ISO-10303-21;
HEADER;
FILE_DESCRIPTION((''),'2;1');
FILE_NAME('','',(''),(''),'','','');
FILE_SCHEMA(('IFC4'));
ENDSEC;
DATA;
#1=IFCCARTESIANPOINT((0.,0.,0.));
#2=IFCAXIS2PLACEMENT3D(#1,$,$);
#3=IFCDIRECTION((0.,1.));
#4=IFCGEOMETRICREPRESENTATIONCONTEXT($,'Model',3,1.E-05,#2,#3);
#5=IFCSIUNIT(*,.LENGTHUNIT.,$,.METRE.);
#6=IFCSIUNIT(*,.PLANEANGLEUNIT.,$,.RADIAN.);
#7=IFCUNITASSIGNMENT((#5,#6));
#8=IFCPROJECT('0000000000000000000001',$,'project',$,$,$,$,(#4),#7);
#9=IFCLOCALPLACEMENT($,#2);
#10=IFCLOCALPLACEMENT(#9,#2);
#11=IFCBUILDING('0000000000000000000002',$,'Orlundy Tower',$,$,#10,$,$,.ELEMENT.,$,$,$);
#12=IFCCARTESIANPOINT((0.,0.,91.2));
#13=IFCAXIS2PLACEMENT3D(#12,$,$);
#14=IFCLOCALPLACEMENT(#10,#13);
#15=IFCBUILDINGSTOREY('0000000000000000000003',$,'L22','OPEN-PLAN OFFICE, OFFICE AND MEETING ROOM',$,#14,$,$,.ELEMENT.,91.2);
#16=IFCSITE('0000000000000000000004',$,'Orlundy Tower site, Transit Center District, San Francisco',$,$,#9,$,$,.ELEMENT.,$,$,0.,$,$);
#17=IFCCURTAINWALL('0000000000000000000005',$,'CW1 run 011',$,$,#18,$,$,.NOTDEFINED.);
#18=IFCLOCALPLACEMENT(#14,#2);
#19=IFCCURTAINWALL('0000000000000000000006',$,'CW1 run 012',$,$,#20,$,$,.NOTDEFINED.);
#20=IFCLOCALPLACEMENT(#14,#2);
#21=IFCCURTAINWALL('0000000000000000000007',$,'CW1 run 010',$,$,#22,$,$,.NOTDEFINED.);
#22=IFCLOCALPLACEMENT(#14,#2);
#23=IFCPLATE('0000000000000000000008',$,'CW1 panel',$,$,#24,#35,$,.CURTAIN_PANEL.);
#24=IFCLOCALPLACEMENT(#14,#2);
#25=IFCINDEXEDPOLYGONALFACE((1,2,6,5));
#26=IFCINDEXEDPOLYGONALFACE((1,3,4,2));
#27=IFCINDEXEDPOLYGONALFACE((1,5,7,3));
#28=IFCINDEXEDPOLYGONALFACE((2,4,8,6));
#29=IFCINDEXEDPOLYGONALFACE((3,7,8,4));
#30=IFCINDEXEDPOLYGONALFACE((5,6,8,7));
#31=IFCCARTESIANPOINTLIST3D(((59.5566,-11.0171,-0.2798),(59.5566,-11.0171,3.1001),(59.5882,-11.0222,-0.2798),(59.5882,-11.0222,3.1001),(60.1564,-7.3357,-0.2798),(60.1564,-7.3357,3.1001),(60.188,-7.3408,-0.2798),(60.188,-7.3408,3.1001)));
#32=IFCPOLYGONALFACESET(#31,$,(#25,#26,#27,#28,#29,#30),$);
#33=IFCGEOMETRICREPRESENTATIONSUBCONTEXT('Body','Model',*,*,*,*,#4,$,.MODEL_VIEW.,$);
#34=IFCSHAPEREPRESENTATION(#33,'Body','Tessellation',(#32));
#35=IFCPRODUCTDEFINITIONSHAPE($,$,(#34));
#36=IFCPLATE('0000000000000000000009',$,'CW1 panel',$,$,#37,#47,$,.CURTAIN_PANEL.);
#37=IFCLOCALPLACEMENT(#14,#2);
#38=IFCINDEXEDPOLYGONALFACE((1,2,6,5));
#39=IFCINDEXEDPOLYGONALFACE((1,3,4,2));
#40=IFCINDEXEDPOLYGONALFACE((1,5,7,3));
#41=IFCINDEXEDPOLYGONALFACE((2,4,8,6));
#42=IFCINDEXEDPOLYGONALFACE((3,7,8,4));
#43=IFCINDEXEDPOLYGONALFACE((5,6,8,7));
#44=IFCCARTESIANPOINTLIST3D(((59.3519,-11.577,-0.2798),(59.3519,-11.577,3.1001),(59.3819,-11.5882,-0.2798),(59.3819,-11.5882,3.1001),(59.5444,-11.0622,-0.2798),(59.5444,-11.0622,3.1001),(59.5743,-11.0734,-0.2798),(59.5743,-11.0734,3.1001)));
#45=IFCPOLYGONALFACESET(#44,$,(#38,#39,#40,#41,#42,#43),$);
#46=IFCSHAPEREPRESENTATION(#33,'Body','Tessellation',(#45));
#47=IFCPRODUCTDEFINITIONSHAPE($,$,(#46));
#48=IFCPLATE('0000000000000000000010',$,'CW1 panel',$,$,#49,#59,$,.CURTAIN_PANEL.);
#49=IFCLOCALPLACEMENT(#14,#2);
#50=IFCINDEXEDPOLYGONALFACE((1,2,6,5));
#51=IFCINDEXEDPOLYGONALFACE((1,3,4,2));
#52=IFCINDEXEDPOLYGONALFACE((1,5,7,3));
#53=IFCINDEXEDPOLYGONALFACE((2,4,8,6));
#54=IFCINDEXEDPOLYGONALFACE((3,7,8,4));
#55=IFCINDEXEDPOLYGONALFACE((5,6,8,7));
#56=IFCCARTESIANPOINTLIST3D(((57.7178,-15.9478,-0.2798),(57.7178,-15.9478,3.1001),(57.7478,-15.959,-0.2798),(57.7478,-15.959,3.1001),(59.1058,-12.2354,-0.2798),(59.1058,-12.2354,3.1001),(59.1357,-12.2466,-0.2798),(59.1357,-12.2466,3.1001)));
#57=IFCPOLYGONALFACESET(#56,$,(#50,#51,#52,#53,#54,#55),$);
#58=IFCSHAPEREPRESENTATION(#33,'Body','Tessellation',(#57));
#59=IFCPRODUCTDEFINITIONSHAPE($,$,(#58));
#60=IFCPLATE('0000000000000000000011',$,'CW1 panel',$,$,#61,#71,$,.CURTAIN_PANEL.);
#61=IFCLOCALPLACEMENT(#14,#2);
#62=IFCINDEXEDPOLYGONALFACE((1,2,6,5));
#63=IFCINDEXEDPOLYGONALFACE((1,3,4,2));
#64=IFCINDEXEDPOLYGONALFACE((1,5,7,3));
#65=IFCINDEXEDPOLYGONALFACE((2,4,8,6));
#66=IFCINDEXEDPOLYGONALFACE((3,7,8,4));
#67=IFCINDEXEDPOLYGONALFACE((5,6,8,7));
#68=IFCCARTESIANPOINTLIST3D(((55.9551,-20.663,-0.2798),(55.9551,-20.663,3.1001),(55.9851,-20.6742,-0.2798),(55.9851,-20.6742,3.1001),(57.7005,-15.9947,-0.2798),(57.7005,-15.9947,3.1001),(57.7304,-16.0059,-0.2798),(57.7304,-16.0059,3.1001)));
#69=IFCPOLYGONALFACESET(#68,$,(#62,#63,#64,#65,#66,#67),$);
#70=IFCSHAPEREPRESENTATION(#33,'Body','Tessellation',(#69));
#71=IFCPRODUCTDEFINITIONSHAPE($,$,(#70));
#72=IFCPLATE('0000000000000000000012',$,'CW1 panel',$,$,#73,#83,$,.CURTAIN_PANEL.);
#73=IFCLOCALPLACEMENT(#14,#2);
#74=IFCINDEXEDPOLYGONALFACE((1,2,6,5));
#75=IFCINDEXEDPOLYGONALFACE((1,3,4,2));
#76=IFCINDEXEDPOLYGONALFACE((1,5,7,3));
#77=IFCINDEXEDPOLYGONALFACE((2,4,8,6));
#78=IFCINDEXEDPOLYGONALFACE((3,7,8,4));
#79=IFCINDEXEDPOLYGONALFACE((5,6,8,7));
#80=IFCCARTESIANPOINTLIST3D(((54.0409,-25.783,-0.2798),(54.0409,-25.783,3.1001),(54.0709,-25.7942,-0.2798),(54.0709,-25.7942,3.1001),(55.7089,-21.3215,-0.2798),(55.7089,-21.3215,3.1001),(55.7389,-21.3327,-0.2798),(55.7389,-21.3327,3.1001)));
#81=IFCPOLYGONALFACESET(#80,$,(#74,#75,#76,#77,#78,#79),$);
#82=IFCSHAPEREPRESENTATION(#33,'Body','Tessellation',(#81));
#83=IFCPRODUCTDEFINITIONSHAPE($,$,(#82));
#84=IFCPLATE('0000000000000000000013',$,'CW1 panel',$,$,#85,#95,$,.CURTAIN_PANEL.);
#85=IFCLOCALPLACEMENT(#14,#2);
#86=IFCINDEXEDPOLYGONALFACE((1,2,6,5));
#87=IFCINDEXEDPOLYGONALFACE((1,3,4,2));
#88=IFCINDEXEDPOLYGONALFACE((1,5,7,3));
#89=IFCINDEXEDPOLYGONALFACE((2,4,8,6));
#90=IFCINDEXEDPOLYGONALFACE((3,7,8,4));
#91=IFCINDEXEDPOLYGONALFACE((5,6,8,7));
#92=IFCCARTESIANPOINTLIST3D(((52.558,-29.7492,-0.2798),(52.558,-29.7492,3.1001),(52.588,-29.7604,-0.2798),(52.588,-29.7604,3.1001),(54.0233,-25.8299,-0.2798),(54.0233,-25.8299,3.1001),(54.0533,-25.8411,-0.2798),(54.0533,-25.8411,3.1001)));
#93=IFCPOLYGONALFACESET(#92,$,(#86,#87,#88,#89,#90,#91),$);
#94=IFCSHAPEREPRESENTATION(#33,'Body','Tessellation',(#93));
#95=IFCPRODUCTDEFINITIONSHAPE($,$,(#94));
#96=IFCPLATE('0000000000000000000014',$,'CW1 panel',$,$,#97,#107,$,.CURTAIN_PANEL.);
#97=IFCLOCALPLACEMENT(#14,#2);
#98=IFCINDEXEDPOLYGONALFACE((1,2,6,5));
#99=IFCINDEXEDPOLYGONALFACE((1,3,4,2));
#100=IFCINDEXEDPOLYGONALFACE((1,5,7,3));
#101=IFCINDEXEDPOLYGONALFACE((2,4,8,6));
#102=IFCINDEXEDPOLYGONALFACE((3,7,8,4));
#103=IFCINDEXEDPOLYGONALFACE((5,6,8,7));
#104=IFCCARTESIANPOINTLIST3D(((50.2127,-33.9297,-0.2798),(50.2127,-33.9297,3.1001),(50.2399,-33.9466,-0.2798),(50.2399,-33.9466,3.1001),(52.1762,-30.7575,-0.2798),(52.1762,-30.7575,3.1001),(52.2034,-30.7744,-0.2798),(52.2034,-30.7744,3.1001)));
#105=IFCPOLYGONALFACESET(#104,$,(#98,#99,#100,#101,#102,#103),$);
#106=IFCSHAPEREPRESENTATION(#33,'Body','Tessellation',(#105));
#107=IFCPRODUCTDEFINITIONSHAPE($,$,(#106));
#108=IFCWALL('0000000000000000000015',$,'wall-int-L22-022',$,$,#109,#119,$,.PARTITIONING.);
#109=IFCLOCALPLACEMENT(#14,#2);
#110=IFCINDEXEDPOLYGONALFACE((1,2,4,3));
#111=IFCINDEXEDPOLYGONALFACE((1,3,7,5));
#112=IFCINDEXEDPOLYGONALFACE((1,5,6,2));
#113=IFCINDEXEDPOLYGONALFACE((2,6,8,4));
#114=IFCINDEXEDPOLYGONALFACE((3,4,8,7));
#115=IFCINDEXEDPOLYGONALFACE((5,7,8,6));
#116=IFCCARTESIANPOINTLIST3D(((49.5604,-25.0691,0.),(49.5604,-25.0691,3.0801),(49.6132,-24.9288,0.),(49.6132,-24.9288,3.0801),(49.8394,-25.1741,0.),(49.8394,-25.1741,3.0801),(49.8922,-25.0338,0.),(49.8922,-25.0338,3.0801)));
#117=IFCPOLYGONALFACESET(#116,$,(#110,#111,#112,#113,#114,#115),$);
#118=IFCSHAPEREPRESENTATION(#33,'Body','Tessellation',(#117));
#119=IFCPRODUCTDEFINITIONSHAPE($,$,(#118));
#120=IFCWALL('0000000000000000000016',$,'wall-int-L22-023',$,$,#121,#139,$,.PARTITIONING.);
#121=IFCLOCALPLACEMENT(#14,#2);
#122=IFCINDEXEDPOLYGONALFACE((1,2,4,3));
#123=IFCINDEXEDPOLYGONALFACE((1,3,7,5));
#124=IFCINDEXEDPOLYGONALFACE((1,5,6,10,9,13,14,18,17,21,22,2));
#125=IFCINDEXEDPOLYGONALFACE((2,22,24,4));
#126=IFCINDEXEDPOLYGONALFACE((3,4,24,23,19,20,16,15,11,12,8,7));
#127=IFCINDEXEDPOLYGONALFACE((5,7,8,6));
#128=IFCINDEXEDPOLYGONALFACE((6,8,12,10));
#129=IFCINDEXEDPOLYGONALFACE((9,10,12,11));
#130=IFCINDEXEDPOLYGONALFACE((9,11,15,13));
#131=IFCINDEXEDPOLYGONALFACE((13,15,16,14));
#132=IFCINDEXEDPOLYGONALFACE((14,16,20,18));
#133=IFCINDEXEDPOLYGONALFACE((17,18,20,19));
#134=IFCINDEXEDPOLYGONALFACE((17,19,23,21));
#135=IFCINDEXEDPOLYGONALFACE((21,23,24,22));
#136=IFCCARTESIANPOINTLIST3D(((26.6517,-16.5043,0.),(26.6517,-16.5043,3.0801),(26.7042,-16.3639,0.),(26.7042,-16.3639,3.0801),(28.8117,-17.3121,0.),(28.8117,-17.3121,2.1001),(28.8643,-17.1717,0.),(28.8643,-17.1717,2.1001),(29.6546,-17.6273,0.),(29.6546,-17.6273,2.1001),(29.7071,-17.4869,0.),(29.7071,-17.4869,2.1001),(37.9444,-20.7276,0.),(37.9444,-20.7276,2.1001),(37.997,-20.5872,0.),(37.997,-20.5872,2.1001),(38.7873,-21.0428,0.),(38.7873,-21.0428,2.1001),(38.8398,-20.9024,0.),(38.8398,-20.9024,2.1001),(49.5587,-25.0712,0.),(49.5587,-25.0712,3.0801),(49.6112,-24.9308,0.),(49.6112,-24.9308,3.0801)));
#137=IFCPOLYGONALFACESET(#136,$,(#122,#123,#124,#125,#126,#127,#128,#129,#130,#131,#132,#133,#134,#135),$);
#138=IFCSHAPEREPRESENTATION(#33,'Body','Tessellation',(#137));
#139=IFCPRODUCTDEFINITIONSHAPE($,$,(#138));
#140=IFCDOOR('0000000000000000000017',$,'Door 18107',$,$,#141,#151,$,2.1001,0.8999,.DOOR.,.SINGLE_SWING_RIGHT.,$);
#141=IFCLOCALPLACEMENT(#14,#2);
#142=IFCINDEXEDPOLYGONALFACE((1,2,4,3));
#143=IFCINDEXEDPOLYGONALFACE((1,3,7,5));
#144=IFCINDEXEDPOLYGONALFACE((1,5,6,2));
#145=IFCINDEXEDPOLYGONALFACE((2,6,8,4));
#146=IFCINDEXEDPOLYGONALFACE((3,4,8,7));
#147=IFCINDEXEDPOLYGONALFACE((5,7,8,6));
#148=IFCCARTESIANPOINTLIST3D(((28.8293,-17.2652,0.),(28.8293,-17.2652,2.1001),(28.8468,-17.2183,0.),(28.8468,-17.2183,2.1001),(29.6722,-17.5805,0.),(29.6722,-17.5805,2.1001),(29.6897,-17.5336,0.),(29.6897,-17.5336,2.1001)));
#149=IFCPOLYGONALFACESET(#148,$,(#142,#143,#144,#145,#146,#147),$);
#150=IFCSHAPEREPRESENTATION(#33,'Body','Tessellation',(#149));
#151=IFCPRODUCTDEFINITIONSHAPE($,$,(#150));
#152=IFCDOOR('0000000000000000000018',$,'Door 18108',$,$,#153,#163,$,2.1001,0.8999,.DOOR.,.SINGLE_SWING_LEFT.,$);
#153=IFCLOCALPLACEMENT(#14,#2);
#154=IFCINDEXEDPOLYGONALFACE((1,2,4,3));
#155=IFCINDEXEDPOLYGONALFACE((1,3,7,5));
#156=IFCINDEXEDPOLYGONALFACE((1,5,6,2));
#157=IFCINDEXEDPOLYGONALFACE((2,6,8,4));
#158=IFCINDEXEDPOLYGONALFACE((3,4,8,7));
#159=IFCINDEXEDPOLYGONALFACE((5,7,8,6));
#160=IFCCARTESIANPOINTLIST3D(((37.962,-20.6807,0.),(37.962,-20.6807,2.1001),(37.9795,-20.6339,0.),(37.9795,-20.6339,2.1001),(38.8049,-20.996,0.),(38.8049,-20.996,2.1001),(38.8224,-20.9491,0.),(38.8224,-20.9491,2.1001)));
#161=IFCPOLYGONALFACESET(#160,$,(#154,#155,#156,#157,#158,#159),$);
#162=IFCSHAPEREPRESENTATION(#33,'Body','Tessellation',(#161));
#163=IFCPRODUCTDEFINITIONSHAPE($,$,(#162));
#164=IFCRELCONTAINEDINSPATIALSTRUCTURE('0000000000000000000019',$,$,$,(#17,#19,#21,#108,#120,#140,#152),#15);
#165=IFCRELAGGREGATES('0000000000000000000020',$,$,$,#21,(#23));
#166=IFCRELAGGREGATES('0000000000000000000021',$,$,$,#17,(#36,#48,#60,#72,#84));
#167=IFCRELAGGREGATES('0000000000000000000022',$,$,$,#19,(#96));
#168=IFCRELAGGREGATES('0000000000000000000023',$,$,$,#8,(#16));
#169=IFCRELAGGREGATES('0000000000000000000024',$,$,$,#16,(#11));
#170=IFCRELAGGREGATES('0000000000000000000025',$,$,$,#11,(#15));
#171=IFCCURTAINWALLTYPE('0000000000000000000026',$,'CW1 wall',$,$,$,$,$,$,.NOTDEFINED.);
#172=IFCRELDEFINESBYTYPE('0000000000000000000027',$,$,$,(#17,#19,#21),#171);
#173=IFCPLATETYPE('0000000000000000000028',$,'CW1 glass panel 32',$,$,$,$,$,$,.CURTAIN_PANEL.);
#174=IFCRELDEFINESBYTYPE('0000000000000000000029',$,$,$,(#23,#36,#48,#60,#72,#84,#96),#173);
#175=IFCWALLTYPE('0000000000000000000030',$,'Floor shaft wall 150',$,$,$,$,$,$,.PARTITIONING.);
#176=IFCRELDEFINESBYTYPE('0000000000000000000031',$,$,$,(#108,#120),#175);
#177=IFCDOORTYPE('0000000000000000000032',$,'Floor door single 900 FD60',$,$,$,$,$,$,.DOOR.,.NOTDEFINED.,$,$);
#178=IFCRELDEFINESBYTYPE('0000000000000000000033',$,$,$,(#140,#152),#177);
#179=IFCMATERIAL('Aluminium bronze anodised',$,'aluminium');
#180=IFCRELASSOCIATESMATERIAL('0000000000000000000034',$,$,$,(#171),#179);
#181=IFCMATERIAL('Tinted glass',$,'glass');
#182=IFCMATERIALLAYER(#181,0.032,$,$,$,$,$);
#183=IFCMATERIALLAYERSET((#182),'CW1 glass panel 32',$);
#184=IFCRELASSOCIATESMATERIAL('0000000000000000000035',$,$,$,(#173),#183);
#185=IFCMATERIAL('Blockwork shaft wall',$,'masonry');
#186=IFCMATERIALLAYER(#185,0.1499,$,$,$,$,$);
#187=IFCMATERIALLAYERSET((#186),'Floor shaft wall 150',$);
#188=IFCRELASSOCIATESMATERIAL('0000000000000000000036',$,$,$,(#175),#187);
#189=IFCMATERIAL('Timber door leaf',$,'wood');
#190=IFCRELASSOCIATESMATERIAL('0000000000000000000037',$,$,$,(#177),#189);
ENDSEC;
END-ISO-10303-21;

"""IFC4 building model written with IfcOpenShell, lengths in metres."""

from ifc_helpers import new_model, si_unit, direction, frame, frame_2d, origin, origin_2d, place, context, subcontext, project, spatial, rectangle, extrude, material, layer, layer_set, type_object, element, fill, aggregate, save


model = new_model("IFC4")

# Units and contexts
model_context = context("Model", 3, precision=1e-05, world=origin(), true_north=direction((0.0, 1.0)))
body_context = subcontext(model_context, "Body", "Model", "MODEL_VIEW")
ifc_project = project(units=[si_unit("LENGTHUNIT", "METRE"), si_unit("PLANEANGLEUNIT", "RADIAN")], contexts=[model_context])

# Site, building, storey
site_placement = place(None, origin())
site = spatial("IfcSite", under=ifc_project, at=site_placement, Name="Orlundy Tower site, Transit Center District, San Francisco", CompositionType="ELEMENT", RefElevation=0.0)
building_placement = place(site_placement, origin())
building = spatial("IfcBuilding", under=site, at=building_placement, Name="Orlundy Tower", CompositionType="ELEMENT")
storey_placement = place(building_placement, frame((0.0, 0.0, 91.2)))
storey = spatial("IfcBuildingStorey", under=building, at=storey_placement, Name="L22", Description="OPEN-PLAN OFFICE, OFFICE AND MEETING ROOM", CompositionType="ELEMENT", Elevation=91.2)

# Shared definitions
ifc_material_1 = material(Name="Aluminium bronze anodised", Category="aluminium")
curtain_wall_type = type_object("IfcCurtainWallType", Name="CW1 wall", PredefinedType="NOTDEFINED", material=ifc_material_1)

# Curtain wall
curtain_wall_1_placement = place(storey_placement, origin())
curtain_wall_1 = element("IfcCurtainWall", 1, at=curtain_wall_1_placement, inside=storey, type_object=curtain_wall_type, Name="CW1 run 011", PredefinedType="NOTDEFINED")

# Curtain wall
curtain_wall_2_placement = place(storey_placement, origin())
curtain_wall_2 = element("IfcCurtainWall", 2, at=curtain_wall_2_placement, inside=storey, type_object=curtain_wall_type, Name="CW1 run 012", PredefinedType="NOTDEFINED")

# Curtain wall, plate
curtain_wall_3_placement = place(storey_placement, origin())
curtain_wall_3 = element("IfcCurtainWall", 3, at=curtain_wall_3_placement, inside=storey, type_object=curtain_wall_type, Name="CW1 run 010", PredefinedType="NOTDEFINED")
ifc_material_2 = material(Name="Tinted glass", Category="glass")
ifc_layer_1 = layer(ifc_material_2, 0.032)
ifc_layer_set_1 = layer_set([ifc_layer_1], Name="CW1 glass panel 32")
plate_type = type_object("IfcPlateType", Name="CW1 glass panel 32", PredefinedType="CURTAIN_PANEL", material=ifc_layer_set_1)
plate_1_placement = place(storey_placement, frame((59.8723, -9.179, -0.2798), z_axis=(0.0, 0.0, 1.0), x_axis=(-0.16081, -0.986985, 0.0)))
plate_1 = element("IfcPlate", 4, at=plate_1_placement, type_object=plate_type, Name="CW1 panel", PredefinedType="CURTAIN_PANEL", context=body_context, shape_type="SweptSolid", body=[
    extrude(rectangle(XDim=3.73, YDim=0.032, at=origin_2d()), origin(), (0.0, 0.0, 1.0), 3.3799),
])
aggregate(curtain_wall_3, [plate_1])

# Plates
plate_2_placement = place(storey_placement, frame((59.4631, -11.3252, -0.2798), z_axis=(0.0, 0.0, 1.0), x_axis=(-0.350194, -0.936677, 0.0)))
plate_2 = element("IfcPlate", 5, at=plate_2_placement, type_object=plate_type, Name="CW1 panel", PredefinedType="CURTAIN_PANEL", context=body_context, shape_type="SweptSolid", body=[
    extrude(rectangle(XDim=0.5496, YDim=0.032, at=origin_2d()), origin(), (0.0, 0.0, 1.0), 3.3799),
])
plate_3_placement = place(storey_placement, frame((58.4268, -14.0972, -0.2798), z_axis=(0.0, 0.0, 1.0), x_axis=(-0.350194, -0.936677, 0.0)))
plate_3 = element("IfcPlate", 6, at=plate_3_placement, type_object=plate_type, Name="CW1 panel", PredefinedType="CURTAIN_PANEL", context=body_context, shape_type="SweptSolid", body=[
    extrude(rectangle(XDim=3.9634, YDim=0.032, at=origin_2d()), origin(), (0.0, 0.0, 1.0), 3.3799),
])
plate_4_placement = place(storey_placement, frame((56.8428, -18.3345, -0.2798), z_axis=(0.0, 0.0, 1.0), x_axis=(-0.350194, -0.936677, 0.0)))
plate_4 = element("IfcPlate", 7, at=plate_4_placement, type_object=plate_type, Name="CW1 panel", PredefinedType="CURTAIN_PANEL", context=body_context, shape_type="SweptSolid", body=[
    extrude(rectangle(XDim=4.9839, YDim=0.032, at=origin_2d()), origin(), (0.0, 0.0, 1.0), 3.3799),
])
plate_5_placement = place(storey_placement, frame((54.8899, -23.5579, -0.2798), z_axis=(0.0, 0.0, 1.0), x_axis=(-0.350194, -0.936677, 0.0)))
plate_5 = element("IfcPlate", 8, at=plate_5_placement, type_object=plate_type, Name="CW1 panel", PredefinedType="CURTAIN_PANEL", context=body_context, shape_type="SweptSolid", body=[
    extrude(rectangle(XDim=4.7632, YDim=0.032, at=origin_2d()), origin(), (0.0, 0.0, 1.0), 3.3799),
])
plate_6_placement = place(storey_placement, frame((53.3057, -27.7952, -0.2798), z_axis=(0.0, 0.0, 1.0), x_axis=(-0.350194, -0.936677, 0.0)))
plate_6 = element("IfcPlate", 9, at=plate_6_placement, type_object=plate_type, Name="CW1 panel", PredefinedType="CURTAIN_PANEL", context=body_context, shape_type="SweptSolid", body=[
    extrude(rectangle(XDim=4.1843, YDim=0.032, at=origin_2d()), origin(), (0.0, 0.0, 1.0), 3.3799),
])
aggregate(curtain_wall_1, [plate_2, plate_3, plate_4, plate_5, plate_6])
plate_7_placement = place(storey_placement, frame((51.208, -32.3521, -0.2798), z_axis=(0.0, 0.0, 1.0), x_axis=(-0.526308, -0.850294, 0.0)))
plate_7 = element("IfcPlate", 10, at=plate_7_placement, type_object=plate_type, Name="CW1 panel", PredefinedType="CURTAIN_PANEL", context=body_context, shape_type="SweptSolid", body=[
    extrude(rectangle(XDim=3.7307, YDim=0.032, at=origin_2d()), origin(), (0.0, 0.0, 1.0), 3.3799),
])
aggregate(curtain_wall_2, [plate_7])

# Wall
ifc_material_3 = material(Name="Blockwork shaft wall", Category="masonry")
ifc_layer_2 = layer(ifc_material_3, 0.1499)
ifc_layer_set_2 = layer_set([ifc_layer_2], Name="Floor shaft wall 150")
wall_type_1 = type_object("IfcWallType", Name="Floor shaft wall 150", PredefinedType="PARTITIONING", material=ifc_layer_set_2)
wall_1_placement = place(storey_placement, frame((49.5869, -24.999, 0.0), z_axis=(0.0, 0.0, 1.0), x_axis=(0.935958, -0.35211, 0.0)))
element("IfcWall", 11, at=wall_1_placement, inside=storey, type_object=wall_type_1, Name="wall-int-L22-022", PredefinedType="PARTITIONING", context=body_context, shape_type="SweptSolid", body=[
    extrude(rectangle(XDim=0.2981, YDim=0.1499, at=frame_2d((0.1489, 0.0))), origin(), (0.0, 0.0, 1.0), 3.0801),
])

# Wall, openings, doors
wall_2_placement = place(storey_placement, frame((49.585, -25.001, 0.0), z_axis=(0.0, 0.0, 1.0), x_axis=(-0.936641, 0.350291, 0.0)))
wall_2 = element("IfcWall", 12, at=wall_2_placement, inside=storey, type_object=wall_type_1, Name="wall-int-L22-023", PredefinedType="PARTITIONING", context=body_context, shape_type="SweptSolid", body=[
    extrude(rectangle(XDim=24.4565, YDim=0.1499, at=frame_2d((12.2283, 0.0))), origin(), (0.0, 0.0, 1.0), 3.0801),
])
opening_1_placement = place(wall_2_placement, frame((21.2505, 0.0, 0.0)))
opening_1 = element("IfcOpeningElement", 13, at=opening_1_placement, cuts=wall_2, PredefinedType="OPENING", context=body_context, shape_type="SweptSolid", body=[
    extrude(rectangle(XDim=0.8999, YDim=2.1001, at=frame_2d((0.45, 1.05))), frame((0.0, 0.085, 0.0), z_axis=(0.0, -1.0, 0.0), x_axis=(1.0, 0.0, 0.0)), (0.0, 0.0, 1.0), 0.1699),
])
opening_2_placement = place(wall_2_placement, frame((11.5, 0.0, 0.0)))
opening_2 = element("IfcOpeningElement", 14, at=opening_2_placement, cuts=wall_2, PredefinedType="OPENING", context=body_context, shape_type="SweptSolid", body=[
    extrude(rectangle(XDim=0.8999, YDim=2.1001, at=frame_2d((0.45, 1.05))), frame((0.0, 0.085, 0.0), z_axis=(0.0, -1.0, 0.0), x_axis=(1.0, 0.0, 0.0)), (0.0, 0.0, 1.0), 0.1699),
])
ifc_material_4 = material(Name="Timber door leaf", Category="wood")
door_type = type_object("IfcDoorType", Name="Floor door single 900 FD60", OperationType="NOTDEFINED", PredefinedType="DOOR", material=ifc_material_4)
door_1_placement = place(opening_1_placement, origin())
door_1 = element("IfcDoor", 15, at=door_1_placement, inside=storey, type_object=door_type, Name="Door 18107", OperationType="SINGLE_SWING_RIGHT", OverallHeight=2.1001, OverallWidth=0.8999, PredefinedType="DOOR", context=body_context, shape_type="SweptSolid", body=[
    extrude(rectangle(XDim=0.8999, YDim=2.1001, at=frame_2d((0.45, 1.05))), frame((0.0, 0.0249, 0.0), z_axis=(0.0, -1.0, 0.0), x_axis=(1.0, 0.0, 0.0)), (0.0, 0.0, 1.0), 0.05),
])
fill(opening_1, door_1)
door_2_placement = place(opening_2_placement, origin())
door_2 = element("IfcDoor", 16, at=door_2_placement, inside=storey, type_object=door_type, Name="Door 18108", OperationType="SINGLE_SWING_LEFT", OverallHeight=2.1001, OverallWidth=0.8999, PredefinedType="DOOR", context=body_context, shape_type="SweptSolid", body=[
    extrude(rectangle(XDim=0.8999, YDim=2.1001, at=frame_2d((0.45, 1.05))), frame((0.0, 0.0249, 0.0), z_axis=(0.0, -1.0, 0.0), x_axis=(1.0, 0.0, 0.0)), (0.0, 0.0, 1.0), 0.05),
])
fill(opening_2, door_2)

save(model, "model.ifc")
